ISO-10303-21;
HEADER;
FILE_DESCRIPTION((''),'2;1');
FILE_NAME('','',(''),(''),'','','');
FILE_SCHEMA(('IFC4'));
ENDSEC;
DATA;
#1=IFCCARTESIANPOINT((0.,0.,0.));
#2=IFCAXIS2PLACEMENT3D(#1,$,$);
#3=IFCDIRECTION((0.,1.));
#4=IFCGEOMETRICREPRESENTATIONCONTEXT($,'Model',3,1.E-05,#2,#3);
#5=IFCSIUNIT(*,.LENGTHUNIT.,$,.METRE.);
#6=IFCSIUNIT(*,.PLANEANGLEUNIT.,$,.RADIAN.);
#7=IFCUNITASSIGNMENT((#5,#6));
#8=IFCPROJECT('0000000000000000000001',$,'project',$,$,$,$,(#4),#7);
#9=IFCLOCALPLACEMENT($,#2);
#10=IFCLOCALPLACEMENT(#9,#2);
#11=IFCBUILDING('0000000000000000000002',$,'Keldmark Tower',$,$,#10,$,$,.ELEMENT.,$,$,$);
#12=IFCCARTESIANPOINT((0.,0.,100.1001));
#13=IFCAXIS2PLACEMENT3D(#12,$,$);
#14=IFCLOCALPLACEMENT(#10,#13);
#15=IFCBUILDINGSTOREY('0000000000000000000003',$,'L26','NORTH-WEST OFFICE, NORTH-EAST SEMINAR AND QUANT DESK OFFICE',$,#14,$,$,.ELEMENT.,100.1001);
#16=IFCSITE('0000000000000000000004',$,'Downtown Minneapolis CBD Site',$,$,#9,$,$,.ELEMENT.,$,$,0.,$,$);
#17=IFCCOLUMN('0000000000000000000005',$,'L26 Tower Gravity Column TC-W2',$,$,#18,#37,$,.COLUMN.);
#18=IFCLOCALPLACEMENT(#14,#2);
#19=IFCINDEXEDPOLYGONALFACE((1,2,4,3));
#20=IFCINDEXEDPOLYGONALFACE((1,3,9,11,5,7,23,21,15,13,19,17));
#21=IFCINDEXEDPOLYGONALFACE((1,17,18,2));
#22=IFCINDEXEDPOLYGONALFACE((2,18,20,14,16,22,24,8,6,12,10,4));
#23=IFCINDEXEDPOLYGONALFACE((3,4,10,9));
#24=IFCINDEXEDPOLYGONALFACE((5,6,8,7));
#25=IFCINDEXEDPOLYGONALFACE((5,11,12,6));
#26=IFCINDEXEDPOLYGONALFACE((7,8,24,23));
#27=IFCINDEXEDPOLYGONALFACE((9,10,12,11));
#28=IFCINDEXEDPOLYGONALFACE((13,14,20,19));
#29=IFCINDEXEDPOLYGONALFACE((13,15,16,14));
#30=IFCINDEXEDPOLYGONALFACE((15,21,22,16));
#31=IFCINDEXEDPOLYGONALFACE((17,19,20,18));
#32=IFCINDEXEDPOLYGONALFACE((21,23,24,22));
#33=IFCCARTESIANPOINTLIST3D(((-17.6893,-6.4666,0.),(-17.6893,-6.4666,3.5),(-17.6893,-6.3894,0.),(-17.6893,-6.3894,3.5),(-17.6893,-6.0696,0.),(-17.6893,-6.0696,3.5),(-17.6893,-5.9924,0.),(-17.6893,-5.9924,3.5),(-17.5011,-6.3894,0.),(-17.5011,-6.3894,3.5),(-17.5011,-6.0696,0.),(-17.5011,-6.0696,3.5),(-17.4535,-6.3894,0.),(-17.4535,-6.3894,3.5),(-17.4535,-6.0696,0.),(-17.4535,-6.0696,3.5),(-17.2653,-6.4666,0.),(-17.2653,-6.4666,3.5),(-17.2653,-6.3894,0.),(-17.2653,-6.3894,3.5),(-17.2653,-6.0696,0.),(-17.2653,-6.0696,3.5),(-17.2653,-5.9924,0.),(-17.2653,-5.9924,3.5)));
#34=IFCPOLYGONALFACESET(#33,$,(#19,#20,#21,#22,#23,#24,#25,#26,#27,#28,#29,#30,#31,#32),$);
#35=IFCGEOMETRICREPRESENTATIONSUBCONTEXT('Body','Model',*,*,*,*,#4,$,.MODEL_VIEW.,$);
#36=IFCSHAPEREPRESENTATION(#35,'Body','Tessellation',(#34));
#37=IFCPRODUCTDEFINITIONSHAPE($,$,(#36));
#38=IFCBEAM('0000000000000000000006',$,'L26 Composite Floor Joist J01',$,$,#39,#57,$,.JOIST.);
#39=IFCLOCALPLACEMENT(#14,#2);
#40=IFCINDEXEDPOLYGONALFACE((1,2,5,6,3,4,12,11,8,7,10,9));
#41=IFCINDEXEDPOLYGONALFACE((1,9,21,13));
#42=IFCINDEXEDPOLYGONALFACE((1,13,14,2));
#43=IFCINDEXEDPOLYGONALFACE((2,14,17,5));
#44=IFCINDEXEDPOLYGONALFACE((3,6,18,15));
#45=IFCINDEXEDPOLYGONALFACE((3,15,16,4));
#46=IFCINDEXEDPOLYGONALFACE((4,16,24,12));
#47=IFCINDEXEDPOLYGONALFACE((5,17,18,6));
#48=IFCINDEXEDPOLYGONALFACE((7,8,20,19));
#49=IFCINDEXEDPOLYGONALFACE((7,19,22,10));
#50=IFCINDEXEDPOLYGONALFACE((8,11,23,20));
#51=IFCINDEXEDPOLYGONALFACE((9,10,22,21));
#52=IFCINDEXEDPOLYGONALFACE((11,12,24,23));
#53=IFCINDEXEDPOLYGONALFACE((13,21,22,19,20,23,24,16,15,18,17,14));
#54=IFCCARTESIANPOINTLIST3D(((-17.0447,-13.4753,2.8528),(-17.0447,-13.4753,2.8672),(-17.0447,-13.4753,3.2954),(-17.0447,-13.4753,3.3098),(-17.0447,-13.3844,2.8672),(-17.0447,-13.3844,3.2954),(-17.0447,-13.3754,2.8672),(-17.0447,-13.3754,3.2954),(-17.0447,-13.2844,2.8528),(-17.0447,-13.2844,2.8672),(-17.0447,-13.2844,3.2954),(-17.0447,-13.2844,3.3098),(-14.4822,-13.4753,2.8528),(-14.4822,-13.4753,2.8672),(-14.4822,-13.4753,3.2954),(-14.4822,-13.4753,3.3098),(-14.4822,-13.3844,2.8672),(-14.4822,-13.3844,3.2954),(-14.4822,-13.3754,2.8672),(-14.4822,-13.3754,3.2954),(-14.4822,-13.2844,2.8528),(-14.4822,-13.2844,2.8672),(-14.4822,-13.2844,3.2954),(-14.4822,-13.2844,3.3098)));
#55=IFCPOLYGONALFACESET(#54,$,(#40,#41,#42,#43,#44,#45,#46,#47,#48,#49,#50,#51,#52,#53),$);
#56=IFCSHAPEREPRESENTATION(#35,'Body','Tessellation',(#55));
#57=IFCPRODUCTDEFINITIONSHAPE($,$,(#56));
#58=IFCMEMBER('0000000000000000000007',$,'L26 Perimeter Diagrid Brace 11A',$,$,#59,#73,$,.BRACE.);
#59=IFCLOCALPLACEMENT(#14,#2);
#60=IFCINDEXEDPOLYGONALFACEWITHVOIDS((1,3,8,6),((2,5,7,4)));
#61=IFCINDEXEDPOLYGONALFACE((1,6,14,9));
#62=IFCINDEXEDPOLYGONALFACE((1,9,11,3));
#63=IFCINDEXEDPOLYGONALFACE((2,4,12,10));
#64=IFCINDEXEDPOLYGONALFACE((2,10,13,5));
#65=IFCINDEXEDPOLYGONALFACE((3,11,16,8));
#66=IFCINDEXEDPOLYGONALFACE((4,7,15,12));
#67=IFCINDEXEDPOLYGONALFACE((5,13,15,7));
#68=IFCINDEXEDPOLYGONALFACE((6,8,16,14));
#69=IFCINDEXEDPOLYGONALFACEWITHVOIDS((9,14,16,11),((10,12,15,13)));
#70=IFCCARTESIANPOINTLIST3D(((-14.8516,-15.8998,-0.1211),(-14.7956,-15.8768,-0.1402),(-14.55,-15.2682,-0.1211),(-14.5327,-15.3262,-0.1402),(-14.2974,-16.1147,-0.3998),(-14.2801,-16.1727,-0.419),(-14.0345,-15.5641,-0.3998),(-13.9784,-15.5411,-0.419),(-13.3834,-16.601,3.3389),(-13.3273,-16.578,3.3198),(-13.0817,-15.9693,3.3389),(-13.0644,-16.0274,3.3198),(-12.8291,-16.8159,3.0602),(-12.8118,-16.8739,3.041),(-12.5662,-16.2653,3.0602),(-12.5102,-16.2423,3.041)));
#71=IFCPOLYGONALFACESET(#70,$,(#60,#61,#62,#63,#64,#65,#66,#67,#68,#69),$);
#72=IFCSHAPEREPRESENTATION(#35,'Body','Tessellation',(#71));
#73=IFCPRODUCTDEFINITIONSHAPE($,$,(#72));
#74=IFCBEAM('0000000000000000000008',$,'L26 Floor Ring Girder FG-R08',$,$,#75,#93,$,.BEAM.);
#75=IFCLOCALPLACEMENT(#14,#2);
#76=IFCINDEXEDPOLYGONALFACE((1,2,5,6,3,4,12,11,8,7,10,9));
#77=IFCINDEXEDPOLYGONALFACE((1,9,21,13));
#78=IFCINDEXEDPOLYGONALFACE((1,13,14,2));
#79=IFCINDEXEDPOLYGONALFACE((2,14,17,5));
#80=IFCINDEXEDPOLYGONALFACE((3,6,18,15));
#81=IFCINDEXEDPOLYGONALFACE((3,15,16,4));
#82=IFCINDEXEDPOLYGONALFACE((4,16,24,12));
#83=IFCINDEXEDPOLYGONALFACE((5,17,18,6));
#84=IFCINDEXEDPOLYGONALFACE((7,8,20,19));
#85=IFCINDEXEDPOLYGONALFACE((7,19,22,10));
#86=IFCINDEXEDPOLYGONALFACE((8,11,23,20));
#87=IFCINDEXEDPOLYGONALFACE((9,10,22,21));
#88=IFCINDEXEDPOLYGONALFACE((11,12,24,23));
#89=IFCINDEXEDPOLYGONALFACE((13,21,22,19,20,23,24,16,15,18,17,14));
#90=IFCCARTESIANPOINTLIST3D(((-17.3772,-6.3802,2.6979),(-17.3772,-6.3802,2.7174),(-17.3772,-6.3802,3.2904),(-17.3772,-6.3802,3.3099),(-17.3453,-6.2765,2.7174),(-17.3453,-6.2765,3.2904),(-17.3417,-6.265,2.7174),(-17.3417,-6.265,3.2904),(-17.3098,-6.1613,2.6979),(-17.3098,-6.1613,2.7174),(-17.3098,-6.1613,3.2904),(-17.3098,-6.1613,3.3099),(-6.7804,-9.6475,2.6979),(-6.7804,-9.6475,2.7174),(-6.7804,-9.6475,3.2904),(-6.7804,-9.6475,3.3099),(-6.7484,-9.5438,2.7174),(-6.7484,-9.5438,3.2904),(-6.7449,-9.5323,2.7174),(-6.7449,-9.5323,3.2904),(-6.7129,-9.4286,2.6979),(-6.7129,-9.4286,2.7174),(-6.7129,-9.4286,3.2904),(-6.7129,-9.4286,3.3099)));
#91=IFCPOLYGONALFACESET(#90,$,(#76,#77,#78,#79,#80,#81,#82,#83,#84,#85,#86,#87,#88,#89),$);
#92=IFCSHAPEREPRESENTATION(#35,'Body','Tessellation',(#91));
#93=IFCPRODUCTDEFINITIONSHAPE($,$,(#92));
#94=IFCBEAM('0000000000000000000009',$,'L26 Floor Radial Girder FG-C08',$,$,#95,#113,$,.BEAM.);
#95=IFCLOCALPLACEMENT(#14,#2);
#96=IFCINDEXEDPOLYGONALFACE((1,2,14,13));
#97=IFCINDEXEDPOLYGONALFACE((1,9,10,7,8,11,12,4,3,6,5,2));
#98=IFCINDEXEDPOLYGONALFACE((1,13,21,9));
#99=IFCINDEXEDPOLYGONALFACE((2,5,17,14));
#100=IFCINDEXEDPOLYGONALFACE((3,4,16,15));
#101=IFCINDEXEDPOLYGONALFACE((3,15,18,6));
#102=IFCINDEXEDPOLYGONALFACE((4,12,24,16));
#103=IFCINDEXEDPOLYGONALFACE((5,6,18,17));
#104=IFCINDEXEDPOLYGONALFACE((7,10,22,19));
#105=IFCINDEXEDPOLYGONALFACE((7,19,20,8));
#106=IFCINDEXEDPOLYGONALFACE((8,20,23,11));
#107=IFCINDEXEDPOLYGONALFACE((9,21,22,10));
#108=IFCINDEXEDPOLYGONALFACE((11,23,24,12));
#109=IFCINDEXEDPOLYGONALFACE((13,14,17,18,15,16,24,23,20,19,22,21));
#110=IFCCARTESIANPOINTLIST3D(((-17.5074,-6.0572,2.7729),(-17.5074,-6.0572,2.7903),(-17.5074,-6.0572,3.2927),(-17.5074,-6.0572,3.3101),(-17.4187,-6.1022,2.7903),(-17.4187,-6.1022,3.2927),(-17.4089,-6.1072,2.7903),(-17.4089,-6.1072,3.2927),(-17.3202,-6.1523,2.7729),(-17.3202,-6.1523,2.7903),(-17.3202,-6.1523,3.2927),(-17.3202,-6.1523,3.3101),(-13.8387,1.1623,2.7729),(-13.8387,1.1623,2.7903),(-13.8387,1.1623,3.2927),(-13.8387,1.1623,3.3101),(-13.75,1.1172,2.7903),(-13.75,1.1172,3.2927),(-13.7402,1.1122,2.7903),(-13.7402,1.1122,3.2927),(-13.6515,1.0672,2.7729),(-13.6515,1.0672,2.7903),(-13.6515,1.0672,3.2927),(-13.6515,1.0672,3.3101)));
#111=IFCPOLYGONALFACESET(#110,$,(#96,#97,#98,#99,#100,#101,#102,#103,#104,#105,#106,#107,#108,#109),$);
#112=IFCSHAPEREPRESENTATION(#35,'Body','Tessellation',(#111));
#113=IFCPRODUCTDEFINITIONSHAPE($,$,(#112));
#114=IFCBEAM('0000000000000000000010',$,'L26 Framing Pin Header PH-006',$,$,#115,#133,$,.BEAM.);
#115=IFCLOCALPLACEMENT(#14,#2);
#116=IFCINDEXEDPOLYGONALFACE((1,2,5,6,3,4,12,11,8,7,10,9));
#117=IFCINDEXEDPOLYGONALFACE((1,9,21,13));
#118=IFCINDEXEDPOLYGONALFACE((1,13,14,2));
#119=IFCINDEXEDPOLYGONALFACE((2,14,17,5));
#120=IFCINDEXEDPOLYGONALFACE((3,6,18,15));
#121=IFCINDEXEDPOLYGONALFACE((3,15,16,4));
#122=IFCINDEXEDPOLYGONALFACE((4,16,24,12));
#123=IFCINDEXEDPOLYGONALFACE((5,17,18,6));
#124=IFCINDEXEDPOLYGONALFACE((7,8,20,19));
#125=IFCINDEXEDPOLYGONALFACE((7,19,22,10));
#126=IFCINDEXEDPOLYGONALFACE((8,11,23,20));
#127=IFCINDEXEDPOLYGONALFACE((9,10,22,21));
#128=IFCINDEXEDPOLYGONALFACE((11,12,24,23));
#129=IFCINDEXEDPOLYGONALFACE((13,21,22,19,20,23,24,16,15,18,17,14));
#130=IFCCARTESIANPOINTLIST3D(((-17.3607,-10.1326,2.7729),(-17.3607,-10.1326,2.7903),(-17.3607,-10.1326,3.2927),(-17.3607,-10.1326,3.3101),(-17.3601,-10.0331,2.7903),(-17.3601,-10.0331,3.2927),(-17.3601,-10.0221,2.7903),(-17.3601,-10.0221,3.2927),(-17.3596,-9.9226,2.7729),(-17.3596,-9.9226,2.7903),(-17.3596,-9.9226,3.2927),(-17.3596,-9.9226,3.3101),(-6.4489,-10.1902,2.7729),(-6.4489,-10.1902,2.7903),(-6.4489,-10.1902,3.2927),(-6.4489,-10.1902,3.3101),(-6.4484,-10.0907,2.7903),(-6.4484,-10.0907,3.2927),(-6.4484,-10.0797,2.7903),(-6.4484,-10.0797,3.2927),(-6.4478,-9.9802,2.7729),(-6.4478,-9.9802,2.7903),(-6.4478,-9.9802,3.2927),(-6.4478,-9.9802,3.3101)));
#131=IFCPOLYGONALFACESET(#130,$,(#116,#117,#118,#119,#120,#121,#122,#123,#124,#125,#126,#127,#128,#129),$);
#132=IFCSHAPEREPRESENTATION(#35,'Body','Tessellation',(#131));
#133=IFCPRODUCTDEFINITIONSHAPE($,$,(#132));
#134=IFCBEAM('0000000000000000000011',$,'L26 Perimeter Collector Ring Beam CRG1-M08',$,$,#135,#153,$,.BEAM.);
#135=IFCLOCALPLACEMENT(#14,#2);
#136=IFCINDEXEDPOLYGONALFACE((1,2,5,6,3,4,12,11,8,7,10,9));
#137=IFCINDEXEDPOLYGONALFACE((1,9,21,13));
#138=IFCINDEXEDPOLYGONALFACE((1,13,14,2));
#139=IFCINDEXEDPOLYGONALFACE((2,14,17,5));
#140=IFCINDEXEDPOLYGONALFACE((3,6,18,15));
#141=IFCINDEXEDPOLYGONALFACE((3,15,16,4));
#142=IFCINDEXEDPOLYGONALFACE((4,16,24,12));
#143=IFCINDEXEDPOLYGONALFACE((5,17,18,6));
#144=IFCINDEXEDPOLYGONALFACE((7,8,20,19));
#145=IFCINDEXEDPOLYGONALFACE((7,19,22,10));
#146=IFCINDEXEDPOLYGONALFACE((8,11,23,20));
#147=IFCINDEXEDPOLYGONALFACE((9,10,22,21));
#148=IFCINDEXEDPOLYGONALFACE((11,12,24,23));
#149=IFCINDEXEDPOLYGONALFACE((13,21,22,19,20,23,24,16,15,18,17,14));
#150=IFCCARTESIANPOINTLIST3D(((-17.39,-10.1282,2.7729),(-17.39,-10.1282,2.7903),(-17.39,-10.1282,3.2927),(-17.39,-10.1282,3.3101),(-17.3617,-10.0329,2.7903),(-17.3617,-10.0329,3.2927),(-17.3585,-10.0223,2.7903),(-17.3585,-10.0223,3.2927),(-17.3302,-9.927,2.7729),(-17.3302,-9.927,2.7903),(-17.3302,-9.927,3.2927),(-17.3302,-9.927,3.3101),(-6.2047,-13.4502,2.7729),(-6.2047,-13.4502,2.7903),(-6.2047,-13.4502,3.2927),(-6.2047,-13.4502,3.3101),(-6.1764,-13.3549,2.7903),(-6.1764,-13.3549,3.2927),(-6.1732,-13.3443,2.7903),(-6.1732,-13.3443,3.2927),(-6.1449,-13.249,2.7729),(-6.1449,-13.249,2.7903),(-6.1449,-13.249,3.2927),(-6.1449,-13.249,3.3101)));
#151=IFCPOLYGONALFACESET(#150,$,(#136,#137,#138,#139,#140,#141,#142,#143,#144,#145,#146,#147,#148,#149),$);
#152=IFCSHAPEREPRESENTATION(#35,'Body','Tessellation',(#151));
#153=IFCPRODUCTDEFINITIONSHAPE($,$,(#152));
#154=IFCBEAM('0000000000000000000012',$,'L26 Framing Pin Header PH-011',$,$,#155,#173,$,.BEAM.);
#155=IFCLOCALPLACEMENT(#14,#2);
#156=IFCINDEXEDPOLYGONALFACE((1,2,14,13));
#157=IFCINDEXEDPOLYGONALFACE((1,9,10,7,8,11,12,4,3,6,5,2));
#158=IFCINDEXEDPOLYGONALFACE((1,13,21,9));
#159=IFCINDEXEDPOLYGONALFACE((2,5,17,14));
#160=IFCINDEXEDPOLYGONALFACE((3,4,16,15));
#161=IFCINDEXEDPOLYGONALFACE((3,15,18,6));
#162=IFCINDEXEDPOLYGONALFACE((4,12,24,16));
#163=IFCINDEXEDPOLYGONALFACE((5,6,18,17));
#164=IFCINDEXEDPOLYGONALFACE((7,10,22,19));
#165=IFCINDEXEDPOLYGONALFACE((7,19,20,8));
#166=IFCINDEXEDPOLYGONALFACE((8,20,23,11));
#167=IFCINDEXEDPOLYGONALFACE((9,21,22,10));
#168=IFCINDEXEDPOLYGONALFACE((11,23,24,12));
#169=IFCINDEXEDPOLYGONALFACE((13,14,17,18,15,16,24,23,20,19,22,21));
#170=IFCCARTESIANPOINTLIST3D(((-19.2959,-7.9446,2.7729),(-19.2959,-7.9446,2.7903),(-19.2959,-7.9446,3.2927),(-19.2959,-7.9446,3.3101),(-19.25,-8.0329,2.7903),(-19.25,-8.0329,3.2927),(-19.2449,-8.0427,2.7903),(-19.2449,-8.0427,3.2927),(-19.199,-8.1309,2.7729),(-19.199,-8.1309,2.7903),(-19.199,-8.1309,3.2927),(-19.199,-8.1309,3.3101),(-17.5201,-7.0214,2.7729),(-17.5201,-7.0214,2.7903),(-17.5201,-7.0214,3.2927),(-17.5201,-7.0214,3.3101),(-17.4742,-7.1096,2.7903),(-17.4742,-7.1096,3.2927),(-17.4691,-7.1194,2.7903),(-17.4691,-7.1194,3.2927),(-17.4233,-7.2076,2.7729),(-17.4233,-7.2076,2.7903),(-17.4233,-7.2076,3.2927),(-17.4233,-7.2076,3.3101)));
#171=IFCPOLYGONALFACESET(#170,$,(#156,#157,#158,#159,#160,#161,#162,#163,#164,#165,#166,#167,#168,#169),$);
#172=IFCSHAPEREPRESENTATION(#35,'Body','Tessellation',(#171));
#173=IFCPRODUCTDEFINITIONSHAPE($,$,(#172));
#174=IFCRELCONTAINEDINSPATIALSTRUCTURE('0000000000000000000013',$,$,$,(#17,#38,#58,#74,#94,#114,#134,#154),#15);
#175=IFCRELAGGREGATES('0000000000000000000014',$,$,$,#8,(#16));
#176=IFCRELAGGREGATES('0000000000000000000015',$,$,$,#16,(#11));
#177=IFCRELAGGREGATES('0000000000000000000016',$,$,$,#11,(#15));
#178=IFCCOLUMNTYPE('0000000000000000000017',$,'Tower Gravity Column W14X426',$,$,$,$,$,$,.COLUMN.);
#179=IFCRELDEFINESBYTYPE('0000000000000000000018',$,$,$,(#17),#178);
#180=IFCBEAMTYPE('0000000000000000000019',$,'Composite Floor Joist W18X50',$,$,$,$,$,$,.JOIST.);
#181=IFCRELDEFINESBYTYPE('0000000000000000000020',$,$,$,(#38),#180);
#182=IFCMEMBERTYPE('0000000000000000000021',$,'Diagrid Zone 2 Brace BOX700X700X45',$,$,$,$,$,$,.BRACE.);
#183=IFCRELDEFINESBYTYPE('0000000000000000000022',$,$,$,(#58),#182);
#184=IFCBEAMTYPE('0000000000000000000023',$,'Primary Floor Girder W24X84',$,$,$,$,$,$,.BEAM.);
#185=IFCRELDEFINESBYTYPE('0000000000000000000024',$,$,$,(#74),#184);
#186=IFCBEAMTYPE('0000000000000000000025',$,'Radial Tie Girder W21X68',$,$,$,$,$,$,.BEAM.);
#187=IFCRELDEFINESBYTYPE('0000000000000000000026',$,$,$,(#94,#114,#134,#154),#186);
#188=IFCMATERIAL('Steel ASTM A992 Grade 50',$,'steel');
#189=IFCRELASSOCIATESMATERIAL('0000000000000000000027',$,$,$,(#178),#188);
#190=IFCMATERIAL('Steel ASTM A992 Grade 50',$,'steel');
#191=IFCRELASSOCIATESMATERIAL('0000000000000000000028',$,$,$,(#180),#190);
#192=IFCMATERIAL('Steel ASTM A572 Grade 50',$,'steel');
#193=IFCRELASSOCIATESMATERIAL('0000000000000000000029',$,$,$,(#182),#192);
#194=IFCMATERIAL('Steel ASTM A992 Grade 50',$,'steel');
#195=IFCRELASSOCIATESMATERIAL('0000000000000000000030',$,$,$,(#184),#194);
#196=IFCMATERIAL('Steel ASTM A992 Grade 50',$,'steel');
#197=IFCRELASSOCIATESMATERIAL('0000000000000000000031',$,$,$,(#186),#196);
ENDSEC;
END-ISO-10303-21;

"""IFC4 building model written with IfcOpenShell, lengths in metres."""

from ifc_helpers import new_model, si_unit, direction, frame, origin, origin_2d, place, context, subcontext, project, spatial, hollow_rectangle, i_section, extrude, material, material_profile, profile_set, type_object, element, save


model = new_model("IFC4")

# Units and contexts
model_context = context("Model", 3, precision=1e-05, world=origin(), true_north=direction((0.0, 1.0)))
body_context = subcontext(model_context, "Body", "Model", "MODEL_VIEW")
ifc_project = project(units=[si_unit("LENGTHUNIT", "METRE"), si_unit("PLANEANGLEUNIT", "RADIAN")], contexts=[model_context])

# Site, building, storey
site_placement = place(None, origin())
site = spatial("IfcSite", under=ifc_project, at=site_placement, Name="Downtown Minneapolis CBD Site", CompositionType="ELEMENT", RefElevation=0.0)
building_placement = place(site_placement, origin())
building = spatial("IfcBuilding", under=site, at=building_placement, Name="Keldmark Tower", CompositionType="ELEMENT")
storey_placement = place(building_placement, frame((0.0, 0.0, 100.1001)))
storey = spatial("IfcBuildingStorey", under=building, at=storey_placement, Name="L26", Description="NORTH-WEST OFFICE, NORTH-EAST SEMINAR AND QUANT DESK OFFICE", CompositionType="ELEMENT", Elevation=100.1001)

# Column
ifc_material_1 = material(Name="Steel ASTM A992 Grade 50", Category="steel")
ifc_material_profile_1 = material_profile(ifc_material_1, i_section(OverallWidth=0.4241, OverallDepth=0.4741, WebThickness=0.0476, FlangeThickness=0.0771, at=origin_2d()), Name="W14X426")
ifc_profile_set_1 = profile_set([ifc_material_profile_1], Name="Steel ASTM A992 Grade 50")
column_type = type_object("IfcColumnType", Name="Tower Gravity Column W14X426", PredefinedType="COLUMN", material=ifc_profile_set_1)
column_placement = place(storey_placement, frame((-17.4773, -6.2295, 0.0), z_axis=(0.0, 0.0, 1.0), x_axis=(1.0, 0.0, 0.0)))
element("IfcColumn", 1, at=column_placement, inside=storey, type_object=column_type, Name="L26 Tower Gravity Column TC-W2", PredefinedType="COLUMN", context=body_context, shape_type="SweptSolid", body=[
    extrude(i_section(OverallWidth=0.4241, OverallDepth=0.4741, WebThickness=0.0476, FlangeThickness=0.0771, at=origin_2d()), origin(), (0.0, 0.0, 1.0), 3.5),
])

# Beam
ifc_material_2 = material(Name="Steel ASTM A992 Grade 50", Category="steel")
ifc_material_profile_2 = material_profile(ifc_material_2, i_section(OverallWidth=0.1909, OverallDepth=0.457, WebThickness=0.009, FlangeThickness=0.0144, at=origin_2d()), Name="W18X50")
ifc_profile_set_2 = profile_set([ifc_material_profile_2], Name="Steel ASTM A992 Grade 50")
beam_type_1 = type_object("IfcBeamType", Name="Composite Floor Joist W18X50", PredefinedType="JOIST", material=ifc_profile_set_2)
beam_1_placement = place(storey_placement, frame((-17.0447, -13.3799, 3.0813), z_axis=(1.0, 0.0, 0.0), x_axis=(0.0, 1.0, 0.0)))
element("IfcBeam", 2, at=beam_1_placement, inside=storey, type_object=beam_type_1, Name="L26 Composite Floor Joist J01", PredefinedType="JOIST", context=body_context, shape_type="SweptSolid", body=[
    extrude(i_section(OverallWidth=0.1909, OverallDepth=0.457, WebThickness=0.009, FlangeThickness=0.0144, at=origin_2d()), origin(), (0.0, 0.0, 1.0), 2.5625),
])

# Member
ifc_material_3 = material(Name="Steel ASTM A572 Grade 50", Category="steel")
ifc_material_profile_3 = material_profile(ifc_material_3, hollow_rectangle(XDim=0.7, YDim=0.7, WallThickness=0.0449, at=origin_2d()), Name="BOX700X700X45")
ifc_profile_set_3 = profile_set([ifc_material_profile_3], Name="Steel ASTM A572 Grade 50")
member_type = type_object("IfcMemberType", Name="Diagrid Zone 2 Brace BOX700X700X45", PredefinedType="BRACE", material=ifc_profile_set_3)
member_placement = place(storey_placement, frame((-14.415, -15.7205, -0.27), z_axis=(0.384015, -0.183387, 0.904932), x_axis=(0.430935, 0.902383, 0.0)))
element("IfcMember", 3, at=member_placement, inside=storey, type_object=member_type, Name="L26 Perimeter Diagrid Brace 11A", PredefinedType="BRACE", context=body_context, shape_type="SweptSolid", body=[
    extrude(hollow_rectangle(XDim=0.7, YDim=0.7, WallThickness=0.0449, at=origin_2d()), origin(), (0.0, 0.0, 1.0), 3.8235),
])

# Beams
ifc_material_4 = material(Name="Steel ASTM A992 Grade 50", Category="steel")
ifc_material_profile_4 = material_profile(ifc_material_4, i_section(OverallWidth=0.229, OverallDepth=0.6121, WebThickness=0.012, FlangeThickness=0.0195, at=origin_2d()), Name="W24X84")
ifc_profile_set_4 = profile_set([ifc_material_profile_4], Name="Steel ASTM A992 Grade 50")
beam_type_2 = type_object("IfcBeamType", Name="Primary Floor Girder W24X84", PredefinedType="BEAM", material=ifc_profile_set_4)
beam_2_placement = place(storey_placement, frame((-17.3435, -6.2708, 3.0039), z_axis=(0.955608, -0.294641, 0.0), x_axis=(0.294641, 0.955608, 0.0)))
element("IfcBeam", 4, at=beam_2_placement, inside=storey, type_object=beam_type_2, Name="L26 Floor Ring Girder FG-R08", PredefinedType="BEAM", context=body_context, shape_type="SweptSolid", body=[
    extrude(i_section(OverallWidth=0.229, OverallDepth=0.6121, WebThickness=0.012, FlangeThickness=0.0195, at=origin_2d()), origin(), (0.0, 0.0, 1.0), 11.0891),
])
ifc_material_5 = material(Name="Steel ASTM A992 Grade 50", Category="steel")
ifc_material_profile_5 = material_profile(ifc_material_5, i_section(OverallWidth=0.21, OverallDepth=0.5371, WebThickness=0.011, FlangeThickness=0.0173, at=origin_2d()), Name="W21X68")
ifc_profile_set_5 = profile_set([ifc_material_profile_5], Name="Steel ASTM A992 Grade 50")
beam_type_3 = type_object("IfcBeamType", Name="Radial Tie Girder W21X68", PredefinedType="BEAM", material=ifc_profile_set_5)
beam_3_placement = place(storey_placement, frame((-17.4138, -6.1047, 3.0415), z_axis=(0.453029, 0.891496, 0.0), x_axis=(-0.891496, 0.453029, 0.0)))
element("IfcBeam", 5, at=beam_3_placement, inside=storey, type_object=beam_type_3, Name="L26 Floor Radial Girder FG-C08", PredefinedType="BEAM", context=body_context, shape_type="SweptSolid", body=[
    extrude(i_section(OverallWidth=0.21, OverallDepth=0.5371, WebThickness=0.011, FlangeThickness=0.0173, at=origin_2d()), origin(), (0.0, 0.0, 1.0), 8.0981),
])
beam_4_placement = place(storey_placement, frame((-17.3601, -10.0276, 3.0415), z_axis=(0.999986, -0.00528, 0.0), x_axis=(0.00528, 0.999986, 0.0)))
element("IfcBeam", 6, at=beam_4_placement, inside=storey, type_object=beam_type_3, Name="L26 Framing Pin Header PH-006", PredefinedType="BEAM", context=body_context, shape_type="SweptSolid", body=[
    extrude(i_section(OverallWidth=0.21, OverallDepth=0.5371, WebThickness=0.011, FlangeThickness=0.0173, at=origin_2d()), origin(), (0.0, 0.0, 1.0), 10.9119),
])
beam_5_placement = place(storey_placement, frame((-17.3601, -10.0276, 3.0415), z_axis=(0.958614, -0.284707, 0.0), x_axis=(0.284707, 0.958614, 0.0)))
element("IfcBeam", 7, at=beam_5_placement, inside=storey, type_object=beam_type_3, Name="L26 Perimeter Collector Ring Beam CRG1-M08", PredefinedType="BEAM", context=body_context, shape_type="SweptSolid", body=[
    extrude(i_section(OverallWidth=0.21, OverallDepth=0.5371, WebThickness=0.011, FlangeThickness=0.0173, at=origin_2d()), origin(), (0.0, 0.0, 1.0), 11.6682),
])
beam_6_placement = place(storey_placement, frame((-17.4717, -7.1145, 3.0415), z_axis=(-0.887241, -0.461307, 0.0), x_axis=(0.461307, -0.887241, 0.0)))
element("IfcBeam", 8, at=beam_6_placement, inside=storey, type_object=beam_type_3, Name="L26 Framing Pin Header PH-011", PredefinedType="BEAM", context=body_context, shape_type="SweptSolid", body=[
    extrude(i_section(OverallWidth=0.21, OverallDepth=0.5371, WebThickness=0.011, FlangeThickness=0.0173, at=origin_2d()), origin(), (0.0, 0.0, 1.0), 2.0015),
])

save(model, "model.ifc")
